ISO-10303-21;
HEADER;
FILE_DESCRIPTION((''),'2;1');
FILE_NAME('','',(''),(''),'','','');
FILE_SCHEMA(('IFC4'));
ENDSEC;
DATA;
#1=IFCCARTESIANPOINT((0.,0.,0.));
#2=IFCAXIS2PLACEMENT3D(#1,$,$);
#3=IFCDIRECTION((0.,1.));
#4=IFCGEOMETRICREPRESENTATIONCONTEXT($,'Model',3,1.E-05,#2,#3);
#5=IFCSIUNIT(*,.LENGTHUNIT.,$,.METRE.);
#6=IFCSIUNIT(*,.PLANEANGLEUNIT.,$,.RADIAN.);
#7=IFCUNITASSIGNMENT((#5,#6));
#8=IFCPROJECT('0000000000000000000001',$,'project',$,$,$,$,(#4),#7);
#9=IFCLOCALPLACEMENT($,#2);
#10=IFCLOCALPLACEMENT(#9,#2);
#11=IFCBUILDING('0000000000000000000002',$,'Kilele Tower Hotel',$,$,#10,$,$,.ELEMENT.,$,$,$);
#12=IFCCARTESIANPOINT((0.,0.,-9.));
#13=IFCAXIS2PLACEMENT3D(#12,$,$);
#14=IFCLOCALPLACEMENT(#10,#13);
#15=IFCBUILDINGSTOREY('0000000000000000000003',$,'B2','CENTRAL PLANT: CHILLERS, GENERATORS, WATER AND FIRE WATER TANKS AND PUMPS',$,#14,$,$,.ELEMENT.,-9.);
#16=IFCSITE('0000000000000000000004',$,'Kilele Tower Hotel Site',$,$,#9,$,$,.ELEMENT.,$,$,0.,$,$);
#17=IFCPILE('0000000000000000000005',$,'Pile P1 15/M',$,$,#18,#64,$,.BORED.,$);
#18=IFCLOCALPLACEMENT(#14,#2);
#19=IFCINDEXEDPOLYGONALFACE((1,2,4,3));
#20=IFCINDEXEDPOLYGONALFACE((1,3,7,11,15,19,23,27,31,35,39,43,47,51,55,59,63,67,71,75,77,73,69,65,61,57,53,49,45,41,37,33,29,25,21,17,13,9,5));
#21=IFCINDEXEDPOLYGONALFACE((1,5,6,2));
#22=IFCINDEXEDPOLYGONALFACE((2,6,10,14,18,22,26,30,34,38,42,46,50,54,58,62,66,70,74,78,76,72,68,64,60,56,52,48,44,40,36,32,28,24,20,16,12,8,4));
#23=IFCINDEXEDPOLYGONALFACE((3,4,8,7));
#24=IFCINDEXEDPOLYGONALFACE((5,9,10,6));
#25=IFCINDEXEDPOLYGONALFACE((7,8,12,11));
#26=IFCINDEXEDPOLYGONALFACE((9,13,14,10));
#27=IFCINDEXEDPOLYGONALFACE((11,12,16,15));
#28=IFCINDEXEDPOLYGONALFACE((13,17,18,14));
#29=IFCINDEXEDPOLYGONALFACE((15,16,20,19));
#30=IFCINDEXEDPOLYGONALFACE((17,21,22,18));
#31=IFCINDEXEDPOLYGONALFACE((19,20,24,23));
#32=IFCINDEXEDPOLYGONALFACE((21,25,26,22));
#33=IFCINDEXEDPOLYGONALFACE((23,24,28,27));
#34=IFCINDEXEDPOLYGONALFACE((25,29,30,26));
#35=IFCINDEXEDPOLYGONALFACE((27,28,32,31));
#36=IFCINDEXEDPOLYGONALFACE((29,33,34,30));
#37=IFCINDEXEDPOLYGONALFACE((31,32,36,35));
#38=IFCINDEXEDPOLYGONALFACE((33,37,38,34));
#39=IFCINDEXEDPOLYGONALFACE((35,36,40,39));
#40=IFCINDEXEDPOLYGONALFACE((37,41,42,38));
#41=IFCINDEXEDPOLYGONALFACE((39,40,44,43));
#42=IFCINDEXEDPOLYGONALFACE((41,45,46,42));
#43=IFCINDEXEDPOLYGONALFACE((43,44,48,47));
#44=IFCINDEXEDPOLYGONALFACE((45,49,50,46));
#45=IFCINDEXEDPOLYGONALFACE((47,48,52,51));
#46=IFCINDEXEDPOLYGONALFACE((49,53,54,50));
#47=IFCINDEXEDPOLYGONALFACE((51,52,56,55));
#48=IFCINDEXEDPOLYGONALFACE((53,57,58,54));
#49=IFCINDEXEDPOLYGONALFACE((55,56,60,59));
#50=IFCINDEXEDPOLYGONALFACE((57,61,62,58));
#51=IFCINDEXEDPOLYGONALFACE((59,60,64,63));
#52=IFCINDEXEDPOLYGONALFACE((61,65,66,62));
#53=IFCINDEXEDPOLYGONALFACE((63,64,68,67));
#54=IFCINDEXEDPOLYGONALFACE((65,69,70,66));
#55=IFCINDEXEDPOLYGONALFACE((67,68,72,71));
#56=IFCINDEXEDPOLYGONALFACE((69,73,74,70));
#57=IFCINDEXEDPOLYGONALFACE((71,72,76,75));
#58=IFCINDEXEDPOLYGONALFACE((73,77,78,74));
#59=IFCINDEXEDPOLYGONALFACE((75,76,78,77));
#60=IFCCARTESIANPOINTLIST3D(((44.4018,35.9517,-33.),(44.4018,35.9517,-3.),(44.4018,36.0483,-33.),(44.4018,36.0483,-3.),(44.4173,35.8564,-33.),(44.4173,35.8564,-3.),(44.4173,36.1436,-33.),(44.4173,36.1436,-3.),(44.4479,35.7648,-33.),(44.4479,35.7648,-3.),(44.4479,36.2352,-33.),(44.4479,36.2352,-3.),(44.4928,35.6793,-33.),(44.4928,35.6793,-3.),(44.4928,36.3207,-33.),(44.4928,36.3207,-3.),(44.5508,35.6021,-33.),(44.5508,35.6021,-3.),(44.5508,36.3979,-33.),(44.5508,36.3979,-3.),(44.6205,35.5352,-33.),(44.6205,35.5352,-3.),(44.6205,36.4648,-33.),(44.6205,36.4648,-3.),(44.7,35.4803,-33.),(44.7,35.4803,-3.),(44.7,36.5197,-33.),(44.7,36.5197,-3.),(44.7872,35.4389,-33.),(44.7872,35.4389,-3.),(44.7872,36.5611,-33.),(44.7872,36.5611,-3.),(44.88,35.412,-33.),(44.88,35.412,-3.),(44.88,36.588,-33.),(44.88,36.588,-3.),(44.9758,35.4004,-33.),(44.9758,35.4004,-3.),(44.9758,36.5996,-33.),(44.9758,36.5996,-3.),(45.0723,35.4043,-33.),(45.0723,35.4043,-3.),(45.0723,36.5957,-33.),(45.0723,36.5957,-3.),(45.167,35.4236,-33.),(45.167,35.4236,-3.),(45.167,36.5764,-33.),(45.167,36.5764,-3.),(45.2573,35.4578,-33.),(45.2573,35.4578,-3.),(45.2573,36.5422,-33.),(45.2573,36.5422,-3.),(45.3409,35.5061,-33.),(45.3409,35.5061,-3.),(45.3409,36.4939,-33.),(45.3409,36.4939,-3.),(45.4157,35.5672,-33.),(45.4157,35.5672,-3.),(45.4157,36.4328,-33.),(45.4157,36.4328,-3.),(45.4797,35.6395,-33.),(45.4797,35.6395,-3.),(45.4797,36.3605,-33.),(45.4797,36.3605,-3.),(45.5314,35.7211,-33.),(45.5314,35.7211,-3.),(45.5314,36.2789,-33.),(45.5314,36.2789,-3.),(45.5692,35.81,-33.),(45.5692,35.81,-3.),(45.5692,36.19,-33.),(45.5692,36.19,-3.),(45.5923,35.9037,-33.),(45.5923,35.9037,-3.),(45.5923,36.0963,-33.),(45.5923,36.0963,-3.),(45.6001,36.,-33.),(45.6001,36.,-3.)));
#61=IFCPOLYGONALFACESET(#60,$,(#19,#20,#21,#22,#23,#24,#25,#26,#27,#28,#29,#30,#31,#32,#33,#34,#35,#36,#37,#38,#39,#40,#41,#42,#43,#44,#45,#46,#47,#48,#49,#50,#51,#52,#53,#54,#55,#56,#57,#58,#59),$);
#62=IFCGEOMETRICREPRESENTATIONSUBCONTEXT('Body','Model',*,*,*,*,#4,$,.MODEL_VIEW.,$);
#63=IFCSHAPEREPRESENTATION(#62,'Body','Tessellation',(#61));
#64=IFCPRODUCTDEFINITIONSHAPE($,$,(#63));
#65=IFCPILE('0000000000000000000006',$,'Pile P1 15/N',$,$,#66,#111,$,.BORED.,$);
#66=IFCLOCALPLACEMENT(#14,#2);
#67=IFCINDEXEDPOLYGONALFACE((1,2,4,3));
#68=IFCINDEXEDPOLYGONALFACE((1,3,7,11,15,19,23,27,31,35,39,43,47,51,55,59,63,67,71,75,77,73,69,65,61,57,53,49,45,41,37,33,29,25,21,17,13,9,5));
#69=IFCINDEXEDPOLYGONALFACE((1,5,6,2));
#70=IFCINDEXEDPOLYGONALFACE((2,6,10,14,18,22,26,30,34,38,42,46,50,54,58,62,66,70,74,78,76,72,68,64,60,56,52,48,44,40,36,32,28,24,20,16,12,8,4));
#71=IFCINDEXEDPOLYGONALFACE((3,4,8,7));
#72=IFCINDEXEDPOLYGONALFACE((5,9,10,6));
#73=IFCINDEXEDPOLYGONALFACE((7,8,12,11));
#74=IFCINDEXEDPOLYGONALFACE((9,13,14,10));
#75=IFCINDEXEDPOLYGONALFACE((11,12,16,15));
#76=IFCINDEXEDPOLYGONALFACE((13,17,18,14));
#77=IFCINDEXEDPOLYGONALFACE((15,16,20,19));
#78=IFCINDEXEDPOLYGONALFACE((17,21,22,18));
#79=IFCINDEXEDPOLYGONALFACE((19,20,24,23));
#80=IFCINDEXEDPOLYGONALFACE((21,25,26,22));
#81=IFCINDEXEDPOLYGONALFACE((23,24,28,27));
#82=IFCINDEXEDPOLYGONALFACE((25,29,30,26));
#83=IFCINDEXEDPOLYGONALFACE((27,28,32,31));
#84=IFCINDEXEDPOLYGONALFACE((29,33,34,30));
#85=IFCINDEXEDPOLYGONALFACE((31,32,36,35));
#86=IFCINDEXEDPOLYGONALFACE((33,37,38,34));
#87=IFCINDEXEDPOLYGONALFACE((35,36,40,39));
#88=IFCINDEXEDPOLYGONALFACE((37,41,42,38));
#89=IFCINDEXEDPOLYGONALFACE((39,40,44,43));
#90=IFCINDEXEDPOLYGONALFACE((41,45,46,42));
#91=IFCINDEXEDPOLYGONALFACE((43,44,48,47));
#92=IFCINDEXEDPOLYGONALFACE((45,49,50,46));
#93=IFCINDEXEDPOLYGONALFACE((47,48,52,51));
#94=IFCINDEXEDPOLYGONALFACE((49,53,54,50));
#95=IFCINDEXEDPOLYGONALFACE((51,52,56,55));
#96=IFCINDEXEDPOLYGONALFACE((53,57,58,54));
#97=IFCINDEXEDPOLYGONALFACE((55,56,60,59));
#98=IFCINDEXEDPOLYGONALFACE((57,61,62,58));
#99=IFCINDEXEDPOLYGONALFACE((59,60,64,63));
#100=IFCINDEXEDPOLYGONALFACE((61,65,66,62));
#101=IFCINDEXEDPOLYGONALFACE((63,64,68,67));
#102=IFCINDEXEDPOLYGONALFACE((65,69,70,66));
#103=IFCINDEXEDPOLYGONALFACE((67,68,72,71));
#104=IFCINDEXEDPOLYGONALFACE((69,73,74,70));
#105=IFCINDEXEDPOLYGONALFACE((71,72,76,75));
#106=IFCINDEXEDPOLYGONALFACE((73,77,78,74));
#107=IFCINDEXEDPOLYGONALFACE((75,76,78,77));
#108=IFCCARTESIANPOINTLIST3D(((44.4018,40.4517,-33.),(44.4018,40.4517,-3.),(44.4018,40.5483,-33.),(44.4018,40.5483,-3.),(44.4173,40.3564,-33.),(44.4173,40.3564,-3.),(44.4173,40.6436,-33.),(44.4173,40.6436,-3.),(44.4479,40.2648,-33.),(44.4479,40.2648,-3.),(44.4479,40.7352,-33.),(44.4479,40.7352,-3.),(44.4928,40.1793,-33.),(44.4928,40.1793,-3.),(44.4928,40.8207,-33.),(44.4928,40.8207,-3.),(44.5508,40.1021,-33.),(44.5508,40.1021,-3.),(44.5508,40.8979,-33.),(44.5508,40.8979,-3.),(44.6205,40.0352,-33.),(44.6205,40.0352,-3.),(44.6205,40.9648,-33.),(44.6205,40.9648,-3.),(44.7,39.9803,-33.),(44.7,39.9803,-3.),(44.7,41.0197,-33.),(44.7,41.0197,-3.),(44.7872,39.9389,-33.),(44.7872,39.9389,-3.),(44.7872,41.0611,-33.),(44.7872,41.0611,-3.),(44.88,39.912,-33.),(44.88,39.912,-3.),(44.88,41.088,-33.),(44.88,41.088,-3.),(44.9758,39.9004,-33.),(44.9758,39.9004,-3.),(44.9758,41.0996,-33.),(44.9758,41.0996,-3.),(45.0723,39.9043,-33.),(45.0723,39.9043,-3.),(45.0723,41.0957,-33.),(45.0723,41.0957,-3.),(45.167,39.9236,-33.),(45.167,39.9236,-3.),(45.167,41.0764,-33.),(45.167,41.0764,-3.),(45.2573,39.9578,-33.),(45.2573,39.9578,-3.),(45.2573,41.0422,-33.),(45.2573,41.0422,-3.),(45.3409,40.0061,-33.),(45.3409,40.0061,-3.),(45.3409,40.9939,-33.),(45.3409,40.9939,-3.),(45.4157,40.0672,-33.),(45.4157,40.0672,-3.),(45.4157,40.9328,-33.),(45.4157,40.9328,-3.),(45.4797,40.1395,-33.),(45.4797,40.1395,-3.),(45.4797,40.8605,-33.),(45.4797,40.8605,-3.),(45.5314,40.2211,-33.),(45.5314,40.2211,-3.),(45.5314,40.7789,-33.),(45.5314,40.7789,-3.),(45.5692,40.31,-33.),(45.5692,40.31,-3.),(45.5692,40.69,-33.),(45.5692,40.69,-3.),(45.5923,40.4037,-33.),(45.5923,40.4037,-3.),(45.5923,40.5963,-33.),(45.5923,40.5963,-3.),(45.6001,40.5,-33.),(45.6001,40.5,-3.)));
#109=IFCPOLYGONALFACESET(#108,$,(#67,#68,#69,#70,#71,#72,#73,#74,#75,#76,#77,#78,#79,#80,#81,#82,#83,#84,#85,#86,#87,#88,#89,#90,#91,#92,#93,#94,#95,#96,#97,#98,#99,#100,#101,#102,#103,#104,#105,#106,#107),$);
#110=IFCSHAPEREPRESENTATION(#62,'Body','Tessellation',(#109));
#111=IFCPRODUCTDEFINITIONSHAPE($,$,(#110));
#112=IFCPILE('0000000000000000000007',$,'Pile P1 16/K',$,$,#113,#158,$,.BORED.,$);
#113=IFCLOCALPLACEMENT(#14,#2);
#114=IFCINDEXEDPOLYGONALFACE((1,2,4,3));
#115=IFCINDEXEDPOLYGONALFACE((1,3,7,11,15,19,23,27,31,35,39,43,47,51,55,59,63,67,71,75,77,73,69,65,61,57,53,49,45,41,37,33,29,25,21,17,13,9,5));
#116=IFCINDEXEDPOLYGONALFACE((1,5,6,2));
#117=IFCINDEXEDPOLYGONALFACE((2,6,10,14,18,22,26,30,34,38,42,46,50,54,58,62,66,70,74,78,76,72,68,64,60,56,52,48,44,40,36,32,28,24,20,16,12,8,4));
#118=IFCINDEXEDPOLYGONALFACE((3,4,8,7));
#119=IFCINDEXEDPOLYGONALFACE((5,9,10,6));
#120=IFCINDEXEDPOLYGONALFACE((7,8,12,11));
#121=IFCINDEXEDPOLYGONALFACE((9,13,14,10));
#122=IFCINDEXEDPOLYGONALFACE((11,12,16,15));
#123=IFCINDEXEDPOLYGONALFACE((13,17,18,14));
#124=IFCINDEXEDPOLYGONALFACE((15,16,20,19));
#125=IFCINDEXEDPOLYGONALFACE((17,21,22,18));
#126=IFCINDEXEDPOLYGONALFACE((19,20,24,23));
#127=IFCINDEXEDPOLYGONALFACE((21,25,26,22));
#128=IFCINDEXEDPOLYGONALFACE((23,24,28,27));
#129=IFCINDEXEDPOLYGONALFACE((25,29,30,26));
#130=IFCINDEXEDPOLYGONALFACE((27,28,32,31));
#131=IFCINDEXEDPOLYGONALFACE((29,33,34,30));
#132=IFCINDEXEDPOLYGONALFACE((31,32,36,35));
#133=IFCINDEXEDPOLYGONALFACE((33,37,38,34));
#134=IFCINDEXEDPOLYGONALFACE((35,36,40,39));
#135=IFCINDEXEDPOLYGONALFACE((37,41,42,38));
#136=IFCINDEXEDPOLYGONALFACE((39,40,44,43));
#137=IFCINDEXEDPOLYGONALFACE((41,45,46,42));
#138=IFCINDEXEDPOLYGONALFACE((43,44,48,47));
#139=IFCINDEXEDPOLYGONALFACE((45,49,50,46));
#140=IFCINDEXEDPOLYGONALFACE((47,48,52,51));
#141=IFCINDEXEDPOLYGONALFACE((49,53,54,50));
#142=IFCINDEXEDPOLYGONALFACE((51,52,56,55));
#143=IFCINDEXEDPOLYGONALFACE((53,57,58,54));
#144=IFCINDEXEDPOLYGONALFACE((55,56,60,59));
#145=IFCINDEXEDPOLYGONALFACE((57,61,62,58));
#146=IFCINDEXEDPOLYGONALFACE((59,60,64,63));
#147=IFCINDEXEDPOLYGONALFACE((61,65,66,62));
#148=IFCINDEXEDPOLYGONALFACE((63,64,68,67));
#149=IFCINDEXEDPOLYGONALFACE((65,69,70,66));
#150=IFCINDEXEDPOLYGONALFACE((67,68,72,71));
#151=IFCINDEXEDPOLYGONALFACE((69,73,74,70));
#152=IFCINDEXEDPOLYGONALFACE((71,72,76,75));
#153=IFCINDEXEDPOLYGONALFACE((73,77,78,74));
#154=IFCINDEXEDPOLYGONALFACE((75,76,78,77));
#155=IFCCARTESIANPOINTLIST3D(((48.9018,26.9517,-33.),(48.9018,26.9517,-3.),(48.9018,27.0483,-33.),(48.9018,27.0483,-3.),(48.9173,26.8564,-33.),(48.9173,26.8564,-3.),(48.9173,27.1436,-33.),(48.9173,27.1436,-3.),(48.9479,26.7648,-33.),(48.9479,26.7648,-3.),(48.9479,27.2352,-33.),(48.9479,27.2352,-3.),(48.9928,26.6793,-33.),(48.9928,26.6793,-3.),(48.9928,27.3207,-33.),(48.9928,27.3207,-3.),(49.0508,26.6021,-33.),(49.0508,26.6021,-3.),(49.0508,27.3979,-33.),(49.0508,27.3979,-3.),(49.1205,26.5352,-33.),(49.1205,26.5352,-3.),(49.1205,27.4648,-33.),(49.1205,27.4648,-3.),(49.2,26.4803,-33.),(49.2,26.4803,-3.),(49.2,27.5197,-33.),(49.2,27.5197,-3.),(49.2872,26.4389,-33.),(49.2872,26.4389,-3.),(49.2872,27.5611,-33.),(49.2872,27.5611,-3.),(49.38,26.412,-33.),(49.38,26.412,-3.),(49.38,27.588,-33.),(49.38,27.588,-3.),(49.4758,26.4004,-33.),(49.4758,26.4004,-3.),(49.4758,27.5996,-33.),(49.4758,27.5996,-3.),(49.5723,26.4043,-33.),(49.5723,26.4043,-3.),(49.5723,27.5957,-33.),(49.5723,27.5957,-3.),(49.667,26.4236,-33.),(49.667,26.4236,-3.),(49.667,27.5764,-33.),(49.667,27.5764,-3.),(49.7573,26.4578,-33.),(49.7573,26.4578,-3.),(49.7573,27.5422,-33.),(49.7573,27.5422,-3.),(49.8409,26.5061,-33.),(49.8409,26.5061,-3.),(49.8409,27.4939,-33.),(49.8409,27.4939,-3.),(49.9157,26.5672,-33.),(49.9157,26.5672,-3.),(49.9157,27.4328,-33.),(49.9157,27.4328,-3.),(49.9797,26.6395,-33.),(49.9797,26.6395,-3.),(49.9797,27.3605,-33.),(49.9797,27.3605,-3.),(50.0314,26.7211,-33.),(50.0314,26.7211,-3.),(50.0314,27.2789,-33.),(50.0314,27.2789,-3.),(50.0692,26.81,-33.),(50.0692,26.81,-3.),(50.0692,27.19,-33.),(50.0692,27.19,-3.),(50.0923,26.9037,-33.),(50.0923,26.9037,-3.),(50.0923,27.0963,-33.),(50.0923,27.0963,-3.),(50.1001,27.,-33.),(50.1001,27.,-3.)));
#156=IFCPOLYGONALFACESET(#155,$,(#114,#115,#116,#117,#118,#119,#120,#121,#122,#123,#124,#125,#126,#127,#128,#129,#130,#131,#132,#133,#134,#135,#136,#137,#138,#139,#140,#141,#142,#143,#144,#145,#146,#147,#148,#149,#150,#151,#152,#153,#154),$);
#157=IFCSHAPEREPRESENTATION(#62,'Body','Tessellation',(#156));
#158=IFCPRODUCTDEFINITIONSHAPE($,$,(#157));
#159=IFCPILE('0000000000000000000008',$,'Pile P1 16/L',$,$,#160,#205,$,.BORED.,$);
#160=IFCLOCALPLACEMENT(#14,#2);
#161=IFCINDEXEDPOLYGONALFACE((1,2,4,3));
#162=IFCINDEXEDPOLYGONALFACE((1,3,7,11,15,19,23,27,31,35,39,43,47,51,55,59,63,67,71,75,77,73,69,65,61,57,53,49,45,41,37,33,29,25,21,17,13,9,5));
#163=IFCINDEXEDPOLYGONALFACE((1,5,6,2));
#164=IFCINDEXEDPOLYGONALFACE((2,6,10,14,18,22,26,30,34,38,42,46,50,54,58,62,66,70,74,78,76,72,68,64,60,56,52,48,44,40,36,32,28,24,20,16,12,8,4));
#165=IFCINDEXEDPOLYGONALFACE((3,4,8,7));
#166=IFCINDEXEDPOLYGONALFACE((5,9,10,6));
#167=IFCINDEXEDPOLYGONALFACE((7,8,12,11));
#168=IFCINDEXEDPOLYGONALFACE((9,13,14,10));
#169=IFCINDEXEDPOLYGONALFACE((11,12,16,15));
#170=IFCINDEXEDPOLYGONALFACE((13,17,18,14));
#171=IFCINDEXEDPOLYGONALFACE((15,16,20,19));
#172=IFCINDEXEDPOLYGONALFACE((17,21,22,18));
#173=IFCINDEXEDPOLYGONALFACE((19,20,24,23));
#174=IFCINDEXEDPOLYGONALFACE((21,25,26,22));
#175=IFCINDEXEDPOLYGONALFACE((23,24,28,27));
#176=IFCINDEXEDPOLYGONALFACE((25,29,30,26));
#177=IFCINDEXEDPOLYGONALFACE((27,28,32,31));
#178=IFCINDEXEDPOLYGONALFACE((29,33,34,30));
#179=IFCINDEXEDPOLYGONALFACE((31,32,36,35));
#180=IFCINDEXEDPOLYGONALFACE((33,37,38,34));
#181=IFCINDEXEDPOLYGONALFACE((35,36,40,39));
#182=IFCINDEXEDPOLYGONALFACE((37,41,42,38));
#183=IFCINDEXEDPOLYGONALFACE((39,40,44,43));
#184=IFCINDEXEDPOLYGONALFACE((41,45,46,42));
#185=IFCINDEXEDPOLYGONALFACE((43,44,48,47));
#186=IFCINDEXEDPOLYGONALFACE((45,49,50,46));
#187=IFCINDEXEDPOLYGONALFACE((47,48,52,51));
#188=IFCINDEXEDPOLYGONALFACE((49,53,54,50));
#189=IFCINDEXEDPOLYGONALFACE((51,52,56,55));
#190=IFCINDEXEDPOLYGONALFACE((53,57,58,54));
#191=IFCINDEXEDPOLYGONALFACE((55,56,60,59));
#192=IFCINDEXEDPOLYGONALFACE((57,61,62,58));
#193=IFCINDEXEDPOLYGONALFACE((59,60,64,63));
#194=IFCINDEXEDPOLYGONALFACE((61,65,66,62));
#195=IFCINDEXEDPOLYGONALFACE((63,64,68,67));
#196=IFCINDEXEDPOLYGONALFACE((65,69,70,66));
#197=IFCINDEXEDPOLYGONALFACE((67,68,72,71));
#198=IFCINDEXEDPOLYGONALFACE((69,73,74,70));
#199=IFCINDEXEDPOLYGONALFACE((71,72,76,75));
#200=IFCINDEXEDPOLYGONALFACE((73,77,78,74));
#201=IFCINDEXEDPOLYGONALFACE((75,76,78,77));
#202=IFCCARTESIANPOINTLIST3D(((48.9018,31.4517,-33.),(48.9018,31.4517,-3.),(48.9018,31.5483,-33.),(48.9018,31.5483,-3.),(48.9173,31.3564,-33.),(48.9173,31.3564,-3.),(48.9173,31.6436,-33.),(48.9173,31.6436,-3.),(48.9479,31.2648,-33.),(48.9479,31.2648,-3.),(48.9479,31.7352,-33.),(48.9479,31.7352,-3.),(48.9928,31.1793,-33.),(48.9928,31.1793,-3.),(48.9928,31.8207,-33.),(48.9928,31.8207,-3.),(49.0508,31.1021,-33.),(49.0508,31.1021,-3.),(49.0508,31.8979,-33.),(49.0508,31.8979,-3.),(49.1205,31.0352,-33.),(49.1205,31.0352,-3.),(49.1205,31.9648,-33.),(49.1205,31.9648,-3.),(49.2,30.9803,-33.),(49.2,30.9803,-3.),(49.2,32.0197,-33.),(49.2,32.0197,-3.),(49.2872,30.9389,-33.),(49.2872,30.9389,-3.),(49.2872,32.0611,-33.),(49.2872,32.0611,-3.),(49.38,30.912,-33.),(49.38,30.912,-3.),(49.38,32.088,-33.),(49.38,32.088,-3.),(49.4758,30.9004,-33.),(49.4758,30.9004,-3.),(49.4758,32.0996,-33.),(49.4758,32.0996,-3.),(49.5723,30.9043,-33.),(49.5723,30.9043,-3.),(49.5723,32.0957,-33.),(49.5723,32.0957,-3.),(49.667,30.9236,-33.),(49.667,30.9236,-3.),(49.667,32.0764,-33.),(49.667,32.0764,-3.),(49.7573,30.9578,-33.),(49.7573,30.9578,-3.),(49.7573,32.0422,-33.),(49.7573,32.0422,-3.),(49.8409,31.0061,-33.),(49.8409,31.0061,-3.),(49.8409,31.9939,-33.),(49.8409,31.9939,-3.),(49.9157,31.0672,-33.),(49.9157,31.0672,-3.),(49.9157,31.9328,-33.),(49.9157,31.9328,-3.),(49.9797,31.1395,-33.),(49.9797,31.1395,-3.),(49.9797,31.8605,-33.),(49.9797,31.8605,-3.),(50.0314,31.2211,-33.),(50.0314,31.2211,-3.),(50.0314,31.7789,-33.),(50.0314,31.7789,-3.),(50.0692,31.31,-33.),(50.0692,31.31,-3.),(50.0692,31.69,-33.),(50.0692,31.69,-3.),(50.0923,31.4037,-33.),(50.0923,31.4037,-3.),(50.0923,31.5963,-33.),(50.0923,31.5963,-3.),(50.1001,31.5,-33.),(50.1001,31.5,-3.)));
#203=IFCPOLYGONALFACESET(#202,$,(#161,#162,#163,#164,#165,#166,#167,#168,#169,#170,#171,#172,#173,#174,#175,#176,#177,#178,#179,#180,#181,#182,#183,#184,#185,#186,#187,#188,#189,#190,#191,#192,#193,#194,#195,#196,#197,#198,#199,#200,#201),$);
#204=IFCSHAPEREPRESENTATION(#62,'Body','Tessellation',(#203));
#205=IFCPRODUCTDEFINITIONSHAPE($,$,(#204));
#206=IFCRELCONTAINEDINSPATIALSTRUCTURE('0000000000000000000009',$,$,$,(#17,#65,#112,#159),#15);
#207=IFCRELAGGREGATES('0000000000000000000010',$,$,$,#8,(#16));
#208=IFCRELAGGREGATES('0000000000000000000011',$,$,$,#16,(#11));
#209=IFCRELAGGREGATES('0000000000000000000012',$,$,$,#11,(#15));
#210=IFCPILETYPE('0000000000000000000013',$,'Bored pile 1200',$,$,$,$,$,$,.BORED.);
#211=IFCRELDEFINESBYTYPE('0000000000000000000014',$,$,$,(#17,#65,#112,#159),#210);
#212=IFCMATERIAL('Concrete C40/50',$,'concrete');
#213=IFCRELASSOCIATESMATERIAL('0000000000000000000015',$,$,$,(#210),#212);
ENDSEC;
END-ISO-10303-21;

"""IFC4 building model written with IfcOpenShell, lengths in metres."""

from ifc_helpers import new_model, si_unit, direction, frame, origin, origin_2d, place, context, subcontext, project, spatial, circle, extrude, material, material_profile, profile_set, type_object, element, save


model = new_model("IFC4")

# Units and contexts
model_context = context("Model", 3, precision=1e-05, world=origin(), true_north=direction((0.0, 1.0)))
body_context = subcontext(model_context, "Body", "Model", "MODEL_VIEW")
ifc_project = project(units=[si_unit("LENGTHUNIT", "METRE"), si_unit("PLANEANGLEUNIT", "RADIAN")], contexts=[model_context])

# Site, building, storey
site_placement = place(None, origin())
site = spatial("IfcSite", under=ifc_project, at=site_placement, Name="Kilele Tower Hotel Site", CompositionType="ELEMENT", RefElevation=0.0)
building_placement = place(site_placement, origin())
building = spatial("IfcBuilding", under=site, at=building_placement, Name="Kilele Tower Hotel", CompositionType="ELEMENT")
storey_placement = place(building_placement, frame((0.0, 0.0, -9.0)))
storey = spatial("IfcBuildingStorey", under=building, at=storey_placement, Name="B2", Description="CENTRAL PLANT: CHILLERS, GENERATORS, WATER AND FIRE WATER TANKS AND PUMPS", CompositionType="ELEMENT", Elevation=-9.0)

# Piles
ifc_material_1 = material(Name="Concrete C40/50", Category="concrete")
ifc_material_profile_1 = material_profile(ifc_material_1, circle(Radius=0.6001, at=origin_2d()))
ifc_profile_set_1 = profile_set([ifc_material_profile_1], Name="Concrete C40/50")
pile_type = type_object("IfcPileType", Name="Bored pile 1200", PredefinedType="BORED", material=ifc_profile_set_1)
for number, where, z_axis, x_axis, name in (
    (1, (45.0, 36.0, -3.0), (0.0, 0.0, -1.0), (1.0, 0.0, 0.0), "Pile P1 15/M"),
    (2, (45.0, 40.5, -3.0), (0.0, 0.0, -1.0), (1.0, 0.0, 0.0), "Pile P1 15/N"),
    (3, (49.5, 27.0, -3.0), (0.0, 0.0, -1.0), (1.0, 0.0, 0.0), "Pile P1 16/K"),
    (4, (49.5, 31.5, -3.0), (0.0, 0.0, -1.0), (1.0, 0.0, 0.0), "Pile P1 16/L"),
):
    element("IfcPile", number, at=place(storey_placement, frame(where, z_axis=z_axis, x_axis=x_axis)), inside=storey, type_object=pile_type, Name=name, PredefinedType="BORED", context=body_context, shape_type="SweptSolid", body=[
        extrude(circle(Radius=0.6001, at=origin_2d()), origin(), (0.0, 0.0, 1.0), 30.0),
    ])

save(model, "model.ifc")
